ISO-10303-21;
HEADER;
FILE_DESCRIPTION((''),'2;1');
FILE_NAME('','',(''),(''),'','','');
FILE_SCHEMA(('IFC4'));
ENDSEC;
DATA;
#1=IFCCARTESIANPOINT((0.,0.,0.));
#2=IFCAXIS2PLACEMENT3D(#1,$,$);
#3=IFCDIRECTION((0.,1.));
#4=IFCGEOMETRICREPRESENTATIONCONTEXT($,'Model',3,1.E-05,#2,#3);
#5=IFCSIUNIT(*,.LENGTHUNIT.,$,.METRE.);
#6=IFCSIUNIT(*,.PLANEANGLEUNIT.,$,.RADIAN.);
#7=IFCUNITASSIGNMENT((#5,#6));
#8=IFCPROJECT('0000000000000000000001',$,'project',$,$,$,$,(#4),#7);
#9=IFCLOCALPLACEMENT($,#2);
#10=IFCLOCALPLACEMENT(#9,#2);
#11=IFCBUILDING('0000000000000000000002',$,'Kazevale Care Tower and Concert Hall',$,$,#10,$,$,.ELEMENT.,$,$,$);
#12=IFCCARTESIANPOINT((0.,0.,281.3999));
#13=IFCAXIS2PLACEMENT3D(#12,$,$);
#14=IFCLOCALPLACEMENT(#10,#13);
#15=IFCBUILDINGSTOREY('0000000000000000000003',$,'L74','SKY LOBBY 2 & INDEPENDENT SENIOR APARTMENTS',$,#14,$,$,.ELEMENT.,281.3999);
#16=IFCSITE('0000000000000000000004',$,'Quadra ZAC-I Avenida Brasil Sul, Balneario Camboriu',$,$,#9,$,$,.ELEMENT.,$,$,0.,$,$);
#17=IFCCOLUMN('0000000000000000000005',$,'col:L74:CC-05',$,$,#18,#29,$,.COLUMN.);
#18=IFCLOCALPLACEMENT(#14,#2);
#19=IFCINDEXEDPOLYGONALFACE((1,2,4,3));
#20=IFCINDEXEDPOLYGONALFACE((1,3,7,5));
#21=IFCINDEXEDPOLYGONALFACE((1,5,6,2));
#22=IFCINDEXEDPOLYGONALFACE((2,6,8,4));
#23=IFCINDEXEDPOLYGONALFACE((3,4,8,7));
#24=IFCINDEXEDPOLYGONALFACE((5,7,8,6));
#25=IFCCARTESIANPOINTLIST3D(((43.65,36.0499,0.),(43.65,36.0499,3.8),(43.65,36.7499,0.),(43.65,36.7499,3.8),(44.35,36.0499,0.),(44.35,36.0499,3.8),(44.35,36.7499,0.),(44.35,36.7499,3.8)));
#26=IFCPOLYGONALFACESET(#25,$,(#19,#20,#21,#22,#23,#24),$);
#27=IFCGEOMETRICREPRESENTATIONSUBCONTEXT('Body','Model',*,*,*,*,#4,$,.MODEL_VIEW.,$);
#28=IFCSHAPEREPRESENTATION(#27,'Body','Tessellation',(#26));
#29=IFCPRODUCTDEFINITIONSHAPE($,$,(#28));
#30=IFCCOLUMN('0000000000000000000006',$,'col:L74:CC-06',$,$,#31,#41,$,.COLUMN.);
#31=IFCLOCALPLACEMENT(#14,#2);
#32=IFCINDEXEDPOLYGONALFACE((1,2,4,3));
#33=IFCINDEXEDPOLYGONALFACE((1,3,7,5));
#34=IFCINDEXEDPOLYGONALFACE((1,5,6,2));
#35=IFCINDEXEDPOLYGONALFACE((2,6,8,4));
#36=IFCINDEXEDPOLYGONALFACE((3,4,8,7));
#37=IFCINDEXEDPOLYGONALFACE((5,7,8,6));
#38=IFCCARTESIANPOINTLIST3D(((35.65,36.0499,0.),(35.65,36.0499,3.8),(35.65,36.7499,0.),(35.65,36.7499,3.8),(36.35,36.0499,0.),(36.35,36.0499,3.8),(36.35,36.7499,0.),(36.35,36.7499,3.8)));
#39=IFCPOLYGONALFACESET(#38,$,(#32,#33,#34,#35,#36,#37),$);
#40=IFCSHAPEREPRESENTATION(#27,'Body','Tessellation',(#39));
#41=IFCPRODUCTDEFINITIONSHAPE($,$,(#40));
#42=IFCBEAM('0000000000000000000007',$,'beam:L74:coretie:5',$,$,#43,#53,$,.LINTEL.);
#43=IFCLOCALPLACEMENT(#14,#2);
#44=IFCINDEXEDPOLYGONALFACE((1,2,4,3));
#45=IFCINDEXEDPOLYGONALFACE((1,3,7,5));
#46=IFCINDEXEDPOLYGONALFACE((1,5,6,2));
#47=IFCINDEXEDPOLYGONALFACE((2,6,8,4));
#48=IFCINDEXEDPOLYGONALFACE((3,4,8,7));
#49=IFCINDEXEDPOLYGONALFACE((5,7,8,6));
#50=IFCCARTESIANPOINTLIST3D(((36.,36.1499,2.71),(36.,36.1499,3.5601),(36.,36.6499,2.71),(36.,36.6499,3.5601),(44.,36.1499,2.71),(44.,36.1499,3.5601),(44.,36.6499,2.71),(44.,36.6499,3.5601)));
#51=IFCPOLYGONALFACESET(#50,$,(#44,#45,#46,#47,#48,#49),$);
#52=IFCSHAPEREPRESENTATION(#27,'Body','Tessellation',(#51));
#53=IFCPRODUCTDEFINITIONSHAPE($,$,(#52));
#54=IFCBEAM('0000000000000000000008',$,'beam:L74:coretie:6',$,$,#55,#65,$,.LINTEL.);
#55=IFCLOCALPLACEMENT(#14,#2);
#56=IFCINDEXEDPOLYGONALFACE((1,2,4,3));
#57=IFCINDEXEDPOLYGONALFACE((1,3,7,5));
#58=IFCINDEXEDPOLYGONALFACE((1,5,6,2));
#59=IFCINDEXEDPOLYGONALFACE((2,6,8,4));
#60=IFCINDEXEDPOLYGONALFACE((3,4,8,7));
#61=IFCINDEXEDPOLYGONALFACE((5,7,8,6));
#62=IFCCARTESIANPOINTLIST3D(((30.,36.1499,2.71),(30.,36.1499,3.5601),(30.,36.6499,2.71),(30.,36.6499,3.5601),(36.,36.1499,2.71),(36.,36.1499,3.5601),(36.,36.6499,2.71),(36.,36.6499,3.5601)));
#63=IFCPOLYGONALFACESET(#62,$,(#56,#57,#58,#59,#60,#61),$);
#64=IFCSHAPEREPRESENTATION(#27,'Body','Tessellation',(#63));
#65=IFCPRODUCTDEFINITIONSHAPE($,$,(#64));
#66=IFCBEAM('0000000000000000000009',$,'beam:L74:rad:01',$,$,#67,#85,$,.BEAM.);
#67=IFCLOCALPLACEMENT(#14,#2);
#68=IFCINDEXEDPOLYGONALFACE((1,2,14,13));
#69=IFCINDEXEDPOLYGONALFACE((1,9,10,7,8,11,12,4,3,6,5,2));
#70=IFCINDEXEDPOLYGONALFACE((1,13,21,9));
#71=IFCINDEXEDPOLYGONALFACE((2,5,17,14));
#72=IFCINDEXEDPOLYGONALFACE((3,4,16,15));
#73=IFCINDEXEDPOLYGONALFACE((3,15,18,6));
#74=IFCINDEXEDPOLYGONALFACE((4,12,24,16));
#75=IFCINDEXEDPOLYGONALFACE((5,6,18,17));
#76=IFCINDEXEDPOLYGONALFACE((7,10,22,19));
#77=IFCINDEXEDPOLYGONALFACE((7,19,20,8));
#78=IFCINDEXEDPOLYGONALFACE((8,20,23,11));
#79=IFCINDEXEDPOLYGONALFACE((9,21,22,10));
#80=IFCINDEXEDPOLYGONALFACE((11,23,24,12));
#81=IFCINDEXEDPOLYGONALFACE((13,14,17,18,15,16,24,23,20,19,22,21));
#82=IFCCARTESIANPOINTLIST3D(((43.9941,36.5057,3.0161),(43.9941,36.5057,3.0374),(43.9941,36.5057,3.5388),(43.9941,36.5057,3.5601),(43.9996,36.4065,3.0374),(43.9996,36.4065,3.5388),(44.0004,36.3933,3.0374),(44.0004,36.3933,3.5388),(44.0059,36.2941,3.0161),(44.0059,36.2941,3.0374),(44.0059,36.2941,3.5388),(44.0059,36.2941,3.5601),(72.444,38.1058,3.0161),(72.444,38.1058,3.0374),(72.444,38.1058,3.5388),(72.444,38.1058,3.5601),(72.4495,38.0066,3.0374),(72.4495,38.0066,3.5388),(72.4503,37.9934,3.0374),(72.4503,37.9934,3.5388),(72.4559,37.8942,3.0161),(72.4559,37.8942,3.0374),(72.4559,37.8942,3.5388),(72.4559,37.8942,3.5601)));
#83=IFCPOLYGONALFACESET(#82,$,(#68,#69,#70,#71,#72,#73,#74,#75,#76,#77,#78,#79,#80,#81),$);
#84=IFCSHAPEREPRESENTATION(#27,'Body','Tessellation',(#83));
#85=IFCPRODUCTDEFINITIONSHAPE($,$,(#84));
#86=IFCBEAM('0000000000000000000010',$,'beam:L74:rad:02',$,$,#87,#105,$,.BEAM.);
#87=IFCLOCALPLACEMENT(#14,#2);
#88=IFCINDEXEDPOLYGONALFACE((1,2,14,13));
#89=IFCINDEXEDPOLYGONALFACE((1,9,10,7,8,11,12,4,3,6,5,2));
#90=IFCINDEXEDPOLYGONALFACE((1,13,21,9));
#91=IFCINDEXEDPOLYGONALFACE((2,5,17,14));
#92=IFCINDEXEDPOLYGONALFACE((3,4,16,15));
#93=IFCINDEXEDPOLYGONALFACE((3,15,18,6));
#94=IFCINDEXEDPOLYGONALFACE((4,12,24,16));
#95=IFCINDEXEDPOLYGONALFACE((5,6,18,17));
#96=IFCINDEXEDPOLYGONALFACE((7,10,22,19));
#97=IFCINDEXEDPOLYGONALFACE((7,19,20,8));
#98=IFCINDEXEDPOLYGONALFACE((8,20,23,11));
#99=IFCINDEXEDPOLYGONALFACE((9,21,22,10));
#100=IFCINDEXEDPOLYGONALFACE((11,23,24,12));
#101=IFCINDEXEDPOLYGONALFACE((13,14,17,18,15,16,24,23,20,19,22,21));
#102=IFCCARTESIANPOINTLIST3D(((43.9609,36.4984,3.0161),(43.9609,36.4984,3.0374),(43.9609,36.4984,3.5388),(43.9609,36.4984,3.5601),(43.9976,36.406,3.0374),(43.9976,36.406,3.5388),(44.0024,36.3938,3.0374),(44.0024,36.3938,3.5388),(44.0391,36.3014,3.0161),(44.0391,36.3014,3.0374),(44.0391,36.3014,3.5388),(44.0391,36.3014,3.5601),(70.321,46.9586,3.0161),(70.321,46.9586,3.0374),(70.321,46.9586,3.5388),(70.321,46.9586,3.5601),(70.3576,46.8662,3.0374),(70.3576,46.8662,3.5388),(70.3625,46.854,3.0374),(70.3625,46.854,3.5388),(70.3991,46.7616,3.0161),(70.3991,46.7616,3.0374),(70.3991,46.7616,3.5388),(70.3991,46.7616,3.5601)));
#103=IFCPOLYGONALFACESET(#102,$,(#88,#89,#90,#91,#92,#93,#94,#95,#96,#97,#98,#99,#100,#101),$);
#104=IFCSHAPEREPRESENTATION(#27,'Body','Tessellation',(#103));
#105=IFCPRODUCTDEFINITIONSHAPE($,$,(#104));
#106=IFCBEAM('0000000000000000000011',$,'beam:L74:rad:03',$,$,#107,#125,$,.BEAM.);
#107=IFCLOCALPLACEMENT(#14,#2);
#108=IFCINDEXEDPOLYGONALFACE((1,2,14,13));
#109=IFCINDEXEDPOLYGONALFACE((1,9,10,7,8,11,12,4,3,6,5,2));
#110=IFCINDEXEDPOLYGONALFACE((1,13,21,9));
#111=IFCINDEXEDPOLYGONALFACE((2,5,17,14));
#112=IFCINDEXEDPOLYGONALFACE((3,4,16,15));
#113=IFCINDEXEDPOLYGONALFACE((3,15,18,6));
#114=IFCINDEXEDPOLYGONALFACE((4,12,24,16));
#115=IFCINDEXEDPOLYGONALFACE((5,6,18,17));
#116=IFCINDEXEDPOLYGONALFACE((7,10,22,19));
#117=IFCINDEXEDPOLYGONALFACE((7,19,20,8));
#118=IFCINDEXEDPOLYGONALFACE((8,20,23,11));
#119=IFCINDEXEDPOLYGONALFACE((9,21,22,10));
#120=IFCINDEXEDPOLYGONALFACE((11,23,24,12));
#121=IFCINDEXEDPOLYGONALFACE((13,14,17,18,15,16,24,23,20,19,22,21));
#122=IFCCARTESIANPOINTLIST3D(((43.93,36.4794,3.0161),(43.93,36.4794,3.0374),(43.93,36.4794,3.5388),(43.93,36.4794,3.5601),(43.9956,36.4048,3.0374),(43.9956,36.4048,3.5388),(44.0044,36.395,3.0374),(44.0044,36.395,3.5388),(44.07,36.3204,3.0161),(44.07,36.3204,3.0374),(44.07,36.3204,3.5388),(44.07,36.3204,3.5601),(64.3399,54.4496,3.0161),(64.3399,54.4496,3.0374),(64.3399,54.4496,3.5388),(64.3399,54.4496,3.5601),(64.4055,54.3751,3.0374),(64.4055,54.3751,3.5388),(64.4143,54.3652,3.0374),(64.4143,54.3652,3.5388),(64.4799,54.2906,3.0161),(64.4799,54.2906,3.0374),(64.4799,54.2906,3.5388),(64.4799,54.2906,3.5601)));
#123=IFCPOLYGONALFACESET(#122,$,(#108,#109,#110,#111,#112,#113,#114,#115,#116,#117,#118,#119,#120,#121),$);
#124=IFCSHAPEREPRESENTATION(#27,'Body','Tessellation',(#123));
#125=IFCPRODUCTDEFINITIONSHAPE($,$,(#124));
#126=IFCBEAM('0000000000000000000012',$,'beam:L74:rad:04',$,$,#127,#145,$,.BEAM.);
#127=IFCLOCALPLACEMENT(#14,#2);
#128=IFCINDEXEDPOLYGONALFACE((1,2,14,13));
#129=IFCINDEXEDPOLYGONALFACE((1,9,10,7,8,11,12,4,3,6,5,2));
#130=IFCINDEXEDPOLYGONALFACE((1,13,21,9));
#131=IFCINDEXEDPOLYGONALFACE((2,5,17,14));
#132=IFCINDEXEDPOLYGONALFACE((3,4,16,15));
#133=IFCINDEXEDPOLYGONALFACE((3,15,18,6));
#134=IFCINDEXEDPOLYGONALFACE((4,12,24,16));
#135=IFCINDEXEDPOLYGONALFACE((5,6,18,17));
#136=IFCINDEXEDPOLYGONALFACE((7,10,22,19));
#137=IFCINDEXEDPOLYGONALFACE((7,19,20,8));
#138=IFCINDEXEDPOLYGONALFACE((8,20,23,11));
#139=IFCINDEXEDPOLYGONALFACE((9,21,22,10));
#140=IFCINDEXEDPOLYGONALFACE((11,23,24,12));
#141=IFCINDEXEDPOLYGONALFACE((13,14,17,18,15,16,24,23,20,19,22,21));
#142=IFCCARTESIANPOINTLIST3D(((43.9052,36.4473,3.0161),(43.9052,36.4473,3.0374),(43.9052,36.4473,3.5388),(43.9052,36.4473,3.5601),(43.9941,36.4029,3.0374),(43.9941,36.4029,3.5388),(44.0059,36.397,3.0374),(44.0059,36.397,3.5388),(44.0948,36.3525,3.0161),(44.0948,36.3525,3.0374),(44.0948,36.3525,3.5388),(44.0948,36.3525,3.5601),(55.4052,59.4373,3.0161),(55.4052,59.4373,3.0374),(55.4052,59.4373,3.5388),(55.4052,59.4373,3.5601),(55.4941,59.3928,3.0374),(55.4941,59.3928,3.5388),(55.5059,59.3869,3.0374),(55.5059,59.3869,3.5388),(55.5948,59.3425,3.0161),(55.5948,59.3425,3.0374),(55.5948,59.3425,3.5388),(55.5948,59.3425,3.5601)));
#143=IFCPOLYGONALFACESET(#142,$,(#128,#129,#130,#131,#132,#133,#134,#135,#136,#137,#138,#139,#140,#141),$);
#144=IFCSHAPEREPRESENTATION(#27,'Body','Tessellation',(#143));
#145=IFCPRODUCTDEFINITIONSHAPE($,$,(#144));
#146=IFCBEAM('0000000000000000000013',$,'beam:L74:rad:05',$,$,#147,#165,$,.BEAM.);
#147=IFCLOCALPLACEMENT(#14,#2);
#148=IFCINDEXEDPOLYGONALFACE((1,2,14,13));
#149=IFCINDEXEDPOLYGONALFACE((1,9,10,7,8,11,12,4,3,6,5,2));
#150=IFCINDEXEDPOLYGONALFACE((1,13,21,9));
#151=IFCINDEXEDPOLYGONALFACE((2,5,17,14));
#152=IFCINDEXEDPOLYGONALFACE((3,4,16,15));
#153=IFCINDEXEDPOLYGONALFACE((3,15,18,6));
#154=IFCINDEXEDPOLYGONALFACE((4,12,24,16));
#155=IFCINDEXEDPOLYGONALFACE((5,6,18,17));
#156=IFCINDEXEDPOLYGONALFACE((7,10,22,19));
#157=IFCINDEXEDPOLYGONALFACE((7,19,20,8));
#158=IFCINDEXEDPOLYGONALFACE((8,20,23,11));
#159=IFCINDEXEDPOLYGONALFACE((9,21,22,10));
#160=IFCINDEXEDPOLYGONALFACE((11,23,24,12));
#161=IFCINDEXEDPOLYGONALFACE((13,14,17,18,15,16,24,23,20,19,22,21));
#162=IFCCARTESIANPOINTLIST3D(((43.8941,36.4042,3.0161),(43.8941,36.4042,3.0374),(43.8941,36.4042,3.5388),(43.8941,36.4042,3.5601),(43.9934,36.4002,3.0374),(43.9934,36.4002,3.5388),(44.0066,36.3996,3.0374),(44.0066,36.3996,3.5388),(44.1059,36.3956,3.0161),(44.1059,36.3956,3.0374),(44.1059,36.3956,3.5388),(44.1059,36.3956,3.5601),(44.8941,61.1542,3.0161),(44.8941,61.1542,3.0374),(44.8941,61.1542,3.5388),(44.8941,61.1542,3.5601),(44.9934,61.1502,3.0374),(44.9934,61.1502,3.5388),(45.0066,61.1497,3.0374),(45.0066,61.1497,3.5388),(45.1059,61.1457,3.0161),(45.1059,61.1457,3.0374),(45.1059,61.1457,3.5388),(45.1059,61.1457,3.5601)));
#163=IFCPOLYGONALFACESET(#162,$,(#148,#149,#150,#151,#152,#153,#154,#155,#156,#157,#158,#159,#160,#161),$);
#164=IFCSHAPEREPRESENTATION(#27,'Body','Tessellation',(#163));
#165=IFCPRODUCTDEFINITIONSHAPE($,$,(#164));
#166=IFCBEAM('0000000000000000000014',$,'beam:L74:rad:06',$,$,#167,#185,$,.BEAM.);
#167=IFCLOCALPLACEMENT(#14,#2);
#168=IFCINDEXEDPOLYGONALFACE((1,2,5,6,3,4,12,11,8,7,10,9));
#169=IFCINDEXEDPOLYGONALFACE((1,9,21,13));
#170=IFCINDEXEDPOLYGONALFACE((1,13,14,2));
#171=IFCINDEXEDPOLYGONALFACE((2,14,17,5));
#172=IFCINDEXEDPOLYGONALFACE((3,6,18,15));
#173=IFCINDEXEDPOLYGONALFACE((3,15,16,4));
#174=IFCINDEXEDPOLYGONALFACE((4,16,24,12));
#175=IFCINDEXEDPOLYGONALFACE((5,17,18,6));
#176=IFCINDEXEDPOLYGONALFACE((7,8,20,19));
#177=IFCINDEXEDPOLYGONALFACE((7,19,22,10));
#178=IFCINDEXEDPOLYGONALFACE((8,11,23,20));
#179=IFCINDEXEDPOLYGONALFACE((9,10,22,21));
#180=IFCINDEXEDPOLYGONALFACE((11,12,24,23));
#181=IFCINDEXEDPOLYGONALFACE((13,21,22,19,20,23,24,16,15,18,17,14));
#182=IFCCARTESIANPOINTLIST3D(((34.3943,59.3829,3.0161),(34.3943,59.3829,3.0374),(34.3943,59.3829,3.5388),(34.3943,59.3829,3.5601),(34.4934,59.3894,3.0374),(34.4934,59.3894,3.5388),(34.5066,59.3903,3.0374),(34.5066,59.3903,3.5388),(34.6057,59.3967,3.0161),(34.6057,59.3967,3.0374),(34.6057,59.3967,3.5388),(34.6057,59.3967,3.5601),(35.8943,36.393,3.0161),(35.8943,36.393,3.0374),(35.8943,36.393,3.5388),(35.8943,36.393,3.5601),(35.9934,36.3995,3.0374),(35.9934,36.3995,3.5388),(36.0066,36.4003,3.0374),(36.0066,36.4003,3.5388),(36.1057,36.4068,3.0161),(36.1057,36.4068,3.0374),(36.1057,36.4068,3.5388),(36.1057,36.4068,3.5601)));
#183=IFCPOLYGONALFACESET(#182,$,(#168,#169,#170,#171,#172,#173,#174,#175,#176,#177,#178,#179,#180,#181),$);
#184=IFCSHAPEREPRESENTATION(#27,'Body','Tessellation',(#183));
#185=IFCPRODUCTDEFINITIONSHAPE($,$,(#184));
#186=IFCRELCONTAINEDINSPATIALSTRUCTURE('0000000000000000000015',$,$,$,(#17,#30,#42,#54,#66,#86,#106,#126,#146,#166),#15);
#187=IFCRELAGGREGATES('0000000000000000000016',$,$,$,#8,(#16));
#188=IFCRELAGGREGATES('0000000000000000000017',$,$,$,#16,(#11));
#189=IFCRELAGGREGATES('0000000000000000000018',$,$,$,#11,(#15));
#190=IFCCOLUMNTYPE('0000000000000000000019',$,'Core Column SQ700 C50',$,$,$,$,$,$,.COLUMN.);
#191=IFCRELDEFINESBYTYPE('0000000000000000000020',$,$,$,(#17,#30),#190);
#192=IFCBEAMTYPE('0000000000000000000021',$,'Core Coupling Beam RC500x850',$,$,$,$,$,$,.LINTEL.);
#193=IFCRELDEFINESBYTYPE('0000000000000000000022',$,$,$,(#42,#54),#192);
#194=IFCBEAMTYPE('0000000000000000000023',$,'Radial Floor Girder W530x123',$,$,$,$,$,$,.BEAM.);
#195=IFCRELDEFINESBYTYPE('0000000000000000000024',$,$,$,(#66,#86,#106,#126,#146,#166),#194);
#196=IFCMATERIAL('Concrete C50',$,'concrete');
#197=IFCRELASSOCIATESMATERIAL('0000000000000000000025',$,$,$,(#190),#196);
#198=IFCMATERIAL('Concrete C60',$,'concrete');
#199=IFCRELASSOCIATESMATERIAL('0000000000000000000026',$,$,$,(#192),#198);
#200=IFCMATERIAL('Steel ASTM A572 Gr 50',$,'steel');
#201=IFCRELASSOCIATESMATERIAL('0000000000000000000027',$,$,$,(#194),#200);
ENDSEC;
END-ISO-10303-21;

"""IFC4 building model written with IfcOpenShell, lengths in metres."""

from ifc_helpers import new_model, si_unit, direction, frame, origin, origin_2d, place, context, subcontext, project, spatial, rectangle, i_section, extrude, material, material_profile, profile_set, type_object, element, save


model = new_model("IFC4")

# Units and contexts
model_context = context("Model", 3, precision=1e-05, world=origin(), true_north=direction((0.0, 1.0)))
body_context = subcontext(model_context, "Body", "Model", "MODEL_VIEW")
ifc_project = project(units=[si_unit("LENGTHUNIT", "METRE"), si_unit("PLANEANGLEUNIT", "RADIAN")], contexts=[model_context])

# Site, building, storey
site_placement = place(None, origin())
site = spatial("IfcSite", under=ifc_project, at=site_placement, Name="Quadra ZAC-I Avenida Brasil Sul, Balneario Camboriu", CompositionType="ELEMENT", RefElevation=0.0)
building_placement = place(site_placement, origin())
building = spatial("IfcBuilding", under=site, at=building_placement, Name="Kazevale Care Tower and Concert Hall", CompositionType="ELEMENT")
storey_placement = place(building_placement, frame((0.0, 0.0, 281.3999)))
storey = spatial("IfcBuildingStorey", under=building, at=storey_placement, Name="L74", Description="SKY LOBBY 2 & INDEPENDENT SENIOR APARTMENTS", CompositionType="ELEMENT", Elevation=281.3999)

# Columns
ifc_material_1 = material(Name="Concrete C50", Category="concrete")
ifc_material_profile_1 = material_profile(ifc_material_1, rectangle(XDim=0.7, YDim=0.7, at=origin_2d()), Name="RC-SQ700")
ifc_profile_set_1 = profile_set([ifc_material_profile_1], Name="Concrete C50")
column_type = type_object("IfcColumnType", Name="Core Column SQ700 C50", PredefinedType="COLUMN", material=ifc_profile_set_1)
for number, where, z_axis, x_axis, name in (
    (1, (44.0, 36.3999, 0.0), (0.0, 0.0, 1.0), (1.0, 0.0, 0.0), "col:L74:CC-05"),
    (2, (36.0, 36.3999, 0.0), (0.0, 0.0, 1.0), (1.0, 0.0, 0.0), "col:L74:CC-06"),
):
    element("IfcColumn", number, at=place(storey_placement, frame(where, z_axis=z_axis, x_axis=x_axis)), inside=storey, type_object=column_type, Name=name, PredefinedType="COLUMN", context=body_context, shape_type="SweptSolid", body=[
        extrude(rectangle(XDim=0.7, YDim=0.7, at=origin_2d()), origin(), (0.0, 0.0, 1.0), 3.8),
    ])

# Beams
ifc_material_2 = material(Name="Concrete C60", Category="concrete")
ifc_material_profile_2 = material_profile(ifc_material_2, rectangle(XDim=0.5, YDim=0.8501, at=origin_2d()), Name="RC-B500x850")
ifc_profile_set_2 = profile_set([ifc_material_profile_2], Name="Concrete C60")
beam_type_1 = type_object("IfcBeamType", Name="Core Coupling Beam RC500x850", PredefinedType="LINTEL", material=ifc_profile_set_2)
beam_1_placement = place(storey_placement, frame((44.0, 36.3999, 3.135), z_axis=(-1.0, 0.0, 0.0), x_axis=(0.0, -1.0, 0.0)))
element("IfcBeam", 3, at=beam_1_placement, inside=storey, type_object=beam_type_1, Name="beam:L74:coretie:5", PredefinedType="LINTEL", context=body_context, shape_type="SweptSolid", body=[
    extrude(rectangle(XDim=0.5, YDim=0.8501, at=origin_2d()), origin(), (0.0, 0.0, 1.0), 8.0),
])
beam_2_placement = place(storey_placement, frame((36.0, 36.3999, 3.135), z_axis=(-1.0, 0.0, 0.0), x_axis=(0.0, -1.0, 0.0)))
element("IfcBeam", 4, at=beam_2_placement, inside=storey, type_object=beam_type_1, Name="beam:L74:coretie:6", PredefinedType="LINTEL", context=body_context, shape_type="SweptSolid", body=[
    extrude(rectangle(XDim=0.5, YDim=0.8501, at=origin_2d()), origin(), (0.0, 0.0, 1.0), 6.0),
])
ifc_material_3 = material(Name="Steel ASTM A572 Gr 50", Category="steel")
ifc_material_profile_3 = material_profile(ifc_material_3, i_section(OverallWidth=0.2119, OverallDepth=0.5439, WebThickness=0.0132, FlangeThickness=0.0212, at=origin_2d()), Name="W530x123")
ifc_profile_set_3 = profile_set([ifc_material_profile_3], Name="Steel ASTM A572 Gr 50")
beam_type_2 = type_object("IfcBeamType", Name="Radial Floor Girder W530x123", PredefinedType="BEAM", material=ifc_profile_set_3)
beam_3_placement = place(storey_placement, frame((44.0, 36.3999, 3.2881), z_axis=(0.998422, 0.056154, 0.0), x_axis=(-0.056154, 0.998422, 0.0)))
element("IfcBeam", 5, at=beam_3_placement, inside=storey, type_object=beam_type_2, Name="beam:L74:rad:01", PredefinedType="BEAM", context=body_context, shape_type="SweptSolid", body=[
    extrude(i_section(OverallWidth=0.2119, OverallDepth=0.5439, WebThickness=0.0132, FlangeThickness=0.0212, at=origin_2d()), origin(), (0.0, 0.0, 1.0), 28.4949),
])
beam_4_placement = place(storey_placement, frame((44.0, 36.3999, 3.2881), z_axis=(0.929493, 0.368841, 0.0), x_axis=(-0.368841, 0.929493, 0.0)))
element("IfcBeam", 6, at=beam_4_placement, inside=storey, type_object=beam_type_2, Name="beam:L74:rad:02", PredefinedType="BEAM", context=body_context, shape_type="SweptSolid", body=[
    extrude(i_section(OverallWidth=0.2119, OverallDepth=0.5439, WebThickness=0.0132, FlangeThickness=0.0212, at=origin_2d()), origin(), (0.0, 0.0, 1.0), 28.3596),
])
beam_5_placement = place(storey_placement, frame((44.0, 36.3999, 3.2881), z_axis=(0.75054, 0.660825, 0.0), x_axis=(-0.660825, 0.75054, 0.0)))
element("IfcBeam", 7, at=beam_5_placement, inside=storey, type_object=beam_type_2, Name="beam:L74:rad:03", PredefinedType="BEAM", context=body_context, shape_type="SweptSolid", body=[
    extrude(i_section(OverallWidth=0.2119, OverallDepth=0.5439, WebThickness=0.0132, FlangeThickness=0.0212, at=origin_2d()), origin(), (0.0, 0.0, 1.0), 27.1936),
])
beam_6_placement = place(storey_placement, frame((44.0, 36.3999, 3.2881), z_axis=(0.447369, 0.894349, 0.0), x_axis=(-0.894349, 0.447369, 0.0)))
element("IfcBeam", 8, at=beam_6_placement, inside=storey, type_object=beam_type_2, Name="beam:L74:rad:04", PredefinedType="BEAM", context=body_context, shape_type="SweptSolid", body=[
    extrude(i_section(OverallWidth=0.2119, OverallDepth=0.5439, WebThickness=0.0132, FlangeThickness=0.0212, at=origin_2d()), origin(), (0.0, 0.0, 1.0), 25.7058),
])
beam_7_placement = place(storey_placement, frame((44.0, 36.3999, 3.2881), z_axis=(0.040371, 0.999185, 0.0), x_axis=(-0.999185, 0.040371, 0.0)))
element("IfcBeam", 9, at=beam_7_placement, inside=storey, type_object=beam_type_2, Name="beam:L74:rad:05", PredefinedType="BEAM", context=body_context, shape_type="SweptSolid", body=[
    extrude(i_section(OverallWidth=0.2119, OverallDepth=0.5439, WebThickness=0.0132, FlangeThickness=0.0212, at=origin_2d()), origin(), (0.0, 0.0, 1.0), 24.7703),
])
beam_8_placement = place(storey_placement, frame((36.0, 36.3999, 3.2881), z_axis=(-0.065107, 0.997878, 0.0), x_axis=(-0.997878, -0.065107, 0.0)))
element("IfcBeam", 10, at=beam_8_placement, inside=storey, type_object=beam_type_2, Name="beam:L74:rad:06", PredefinedType="BEAM", context=body_context, shape_type="SweptSolid", body=[
    extrude(i_section(OverallWidth=0.2119, OverallDepth=0.5439, WebThickness=0.0132, FlangeThickness=0.0212, at=origin_2d()), origin(), (0.0, 0.0, 1.0), 23.0388),
])

save(model, "model.ifc")
